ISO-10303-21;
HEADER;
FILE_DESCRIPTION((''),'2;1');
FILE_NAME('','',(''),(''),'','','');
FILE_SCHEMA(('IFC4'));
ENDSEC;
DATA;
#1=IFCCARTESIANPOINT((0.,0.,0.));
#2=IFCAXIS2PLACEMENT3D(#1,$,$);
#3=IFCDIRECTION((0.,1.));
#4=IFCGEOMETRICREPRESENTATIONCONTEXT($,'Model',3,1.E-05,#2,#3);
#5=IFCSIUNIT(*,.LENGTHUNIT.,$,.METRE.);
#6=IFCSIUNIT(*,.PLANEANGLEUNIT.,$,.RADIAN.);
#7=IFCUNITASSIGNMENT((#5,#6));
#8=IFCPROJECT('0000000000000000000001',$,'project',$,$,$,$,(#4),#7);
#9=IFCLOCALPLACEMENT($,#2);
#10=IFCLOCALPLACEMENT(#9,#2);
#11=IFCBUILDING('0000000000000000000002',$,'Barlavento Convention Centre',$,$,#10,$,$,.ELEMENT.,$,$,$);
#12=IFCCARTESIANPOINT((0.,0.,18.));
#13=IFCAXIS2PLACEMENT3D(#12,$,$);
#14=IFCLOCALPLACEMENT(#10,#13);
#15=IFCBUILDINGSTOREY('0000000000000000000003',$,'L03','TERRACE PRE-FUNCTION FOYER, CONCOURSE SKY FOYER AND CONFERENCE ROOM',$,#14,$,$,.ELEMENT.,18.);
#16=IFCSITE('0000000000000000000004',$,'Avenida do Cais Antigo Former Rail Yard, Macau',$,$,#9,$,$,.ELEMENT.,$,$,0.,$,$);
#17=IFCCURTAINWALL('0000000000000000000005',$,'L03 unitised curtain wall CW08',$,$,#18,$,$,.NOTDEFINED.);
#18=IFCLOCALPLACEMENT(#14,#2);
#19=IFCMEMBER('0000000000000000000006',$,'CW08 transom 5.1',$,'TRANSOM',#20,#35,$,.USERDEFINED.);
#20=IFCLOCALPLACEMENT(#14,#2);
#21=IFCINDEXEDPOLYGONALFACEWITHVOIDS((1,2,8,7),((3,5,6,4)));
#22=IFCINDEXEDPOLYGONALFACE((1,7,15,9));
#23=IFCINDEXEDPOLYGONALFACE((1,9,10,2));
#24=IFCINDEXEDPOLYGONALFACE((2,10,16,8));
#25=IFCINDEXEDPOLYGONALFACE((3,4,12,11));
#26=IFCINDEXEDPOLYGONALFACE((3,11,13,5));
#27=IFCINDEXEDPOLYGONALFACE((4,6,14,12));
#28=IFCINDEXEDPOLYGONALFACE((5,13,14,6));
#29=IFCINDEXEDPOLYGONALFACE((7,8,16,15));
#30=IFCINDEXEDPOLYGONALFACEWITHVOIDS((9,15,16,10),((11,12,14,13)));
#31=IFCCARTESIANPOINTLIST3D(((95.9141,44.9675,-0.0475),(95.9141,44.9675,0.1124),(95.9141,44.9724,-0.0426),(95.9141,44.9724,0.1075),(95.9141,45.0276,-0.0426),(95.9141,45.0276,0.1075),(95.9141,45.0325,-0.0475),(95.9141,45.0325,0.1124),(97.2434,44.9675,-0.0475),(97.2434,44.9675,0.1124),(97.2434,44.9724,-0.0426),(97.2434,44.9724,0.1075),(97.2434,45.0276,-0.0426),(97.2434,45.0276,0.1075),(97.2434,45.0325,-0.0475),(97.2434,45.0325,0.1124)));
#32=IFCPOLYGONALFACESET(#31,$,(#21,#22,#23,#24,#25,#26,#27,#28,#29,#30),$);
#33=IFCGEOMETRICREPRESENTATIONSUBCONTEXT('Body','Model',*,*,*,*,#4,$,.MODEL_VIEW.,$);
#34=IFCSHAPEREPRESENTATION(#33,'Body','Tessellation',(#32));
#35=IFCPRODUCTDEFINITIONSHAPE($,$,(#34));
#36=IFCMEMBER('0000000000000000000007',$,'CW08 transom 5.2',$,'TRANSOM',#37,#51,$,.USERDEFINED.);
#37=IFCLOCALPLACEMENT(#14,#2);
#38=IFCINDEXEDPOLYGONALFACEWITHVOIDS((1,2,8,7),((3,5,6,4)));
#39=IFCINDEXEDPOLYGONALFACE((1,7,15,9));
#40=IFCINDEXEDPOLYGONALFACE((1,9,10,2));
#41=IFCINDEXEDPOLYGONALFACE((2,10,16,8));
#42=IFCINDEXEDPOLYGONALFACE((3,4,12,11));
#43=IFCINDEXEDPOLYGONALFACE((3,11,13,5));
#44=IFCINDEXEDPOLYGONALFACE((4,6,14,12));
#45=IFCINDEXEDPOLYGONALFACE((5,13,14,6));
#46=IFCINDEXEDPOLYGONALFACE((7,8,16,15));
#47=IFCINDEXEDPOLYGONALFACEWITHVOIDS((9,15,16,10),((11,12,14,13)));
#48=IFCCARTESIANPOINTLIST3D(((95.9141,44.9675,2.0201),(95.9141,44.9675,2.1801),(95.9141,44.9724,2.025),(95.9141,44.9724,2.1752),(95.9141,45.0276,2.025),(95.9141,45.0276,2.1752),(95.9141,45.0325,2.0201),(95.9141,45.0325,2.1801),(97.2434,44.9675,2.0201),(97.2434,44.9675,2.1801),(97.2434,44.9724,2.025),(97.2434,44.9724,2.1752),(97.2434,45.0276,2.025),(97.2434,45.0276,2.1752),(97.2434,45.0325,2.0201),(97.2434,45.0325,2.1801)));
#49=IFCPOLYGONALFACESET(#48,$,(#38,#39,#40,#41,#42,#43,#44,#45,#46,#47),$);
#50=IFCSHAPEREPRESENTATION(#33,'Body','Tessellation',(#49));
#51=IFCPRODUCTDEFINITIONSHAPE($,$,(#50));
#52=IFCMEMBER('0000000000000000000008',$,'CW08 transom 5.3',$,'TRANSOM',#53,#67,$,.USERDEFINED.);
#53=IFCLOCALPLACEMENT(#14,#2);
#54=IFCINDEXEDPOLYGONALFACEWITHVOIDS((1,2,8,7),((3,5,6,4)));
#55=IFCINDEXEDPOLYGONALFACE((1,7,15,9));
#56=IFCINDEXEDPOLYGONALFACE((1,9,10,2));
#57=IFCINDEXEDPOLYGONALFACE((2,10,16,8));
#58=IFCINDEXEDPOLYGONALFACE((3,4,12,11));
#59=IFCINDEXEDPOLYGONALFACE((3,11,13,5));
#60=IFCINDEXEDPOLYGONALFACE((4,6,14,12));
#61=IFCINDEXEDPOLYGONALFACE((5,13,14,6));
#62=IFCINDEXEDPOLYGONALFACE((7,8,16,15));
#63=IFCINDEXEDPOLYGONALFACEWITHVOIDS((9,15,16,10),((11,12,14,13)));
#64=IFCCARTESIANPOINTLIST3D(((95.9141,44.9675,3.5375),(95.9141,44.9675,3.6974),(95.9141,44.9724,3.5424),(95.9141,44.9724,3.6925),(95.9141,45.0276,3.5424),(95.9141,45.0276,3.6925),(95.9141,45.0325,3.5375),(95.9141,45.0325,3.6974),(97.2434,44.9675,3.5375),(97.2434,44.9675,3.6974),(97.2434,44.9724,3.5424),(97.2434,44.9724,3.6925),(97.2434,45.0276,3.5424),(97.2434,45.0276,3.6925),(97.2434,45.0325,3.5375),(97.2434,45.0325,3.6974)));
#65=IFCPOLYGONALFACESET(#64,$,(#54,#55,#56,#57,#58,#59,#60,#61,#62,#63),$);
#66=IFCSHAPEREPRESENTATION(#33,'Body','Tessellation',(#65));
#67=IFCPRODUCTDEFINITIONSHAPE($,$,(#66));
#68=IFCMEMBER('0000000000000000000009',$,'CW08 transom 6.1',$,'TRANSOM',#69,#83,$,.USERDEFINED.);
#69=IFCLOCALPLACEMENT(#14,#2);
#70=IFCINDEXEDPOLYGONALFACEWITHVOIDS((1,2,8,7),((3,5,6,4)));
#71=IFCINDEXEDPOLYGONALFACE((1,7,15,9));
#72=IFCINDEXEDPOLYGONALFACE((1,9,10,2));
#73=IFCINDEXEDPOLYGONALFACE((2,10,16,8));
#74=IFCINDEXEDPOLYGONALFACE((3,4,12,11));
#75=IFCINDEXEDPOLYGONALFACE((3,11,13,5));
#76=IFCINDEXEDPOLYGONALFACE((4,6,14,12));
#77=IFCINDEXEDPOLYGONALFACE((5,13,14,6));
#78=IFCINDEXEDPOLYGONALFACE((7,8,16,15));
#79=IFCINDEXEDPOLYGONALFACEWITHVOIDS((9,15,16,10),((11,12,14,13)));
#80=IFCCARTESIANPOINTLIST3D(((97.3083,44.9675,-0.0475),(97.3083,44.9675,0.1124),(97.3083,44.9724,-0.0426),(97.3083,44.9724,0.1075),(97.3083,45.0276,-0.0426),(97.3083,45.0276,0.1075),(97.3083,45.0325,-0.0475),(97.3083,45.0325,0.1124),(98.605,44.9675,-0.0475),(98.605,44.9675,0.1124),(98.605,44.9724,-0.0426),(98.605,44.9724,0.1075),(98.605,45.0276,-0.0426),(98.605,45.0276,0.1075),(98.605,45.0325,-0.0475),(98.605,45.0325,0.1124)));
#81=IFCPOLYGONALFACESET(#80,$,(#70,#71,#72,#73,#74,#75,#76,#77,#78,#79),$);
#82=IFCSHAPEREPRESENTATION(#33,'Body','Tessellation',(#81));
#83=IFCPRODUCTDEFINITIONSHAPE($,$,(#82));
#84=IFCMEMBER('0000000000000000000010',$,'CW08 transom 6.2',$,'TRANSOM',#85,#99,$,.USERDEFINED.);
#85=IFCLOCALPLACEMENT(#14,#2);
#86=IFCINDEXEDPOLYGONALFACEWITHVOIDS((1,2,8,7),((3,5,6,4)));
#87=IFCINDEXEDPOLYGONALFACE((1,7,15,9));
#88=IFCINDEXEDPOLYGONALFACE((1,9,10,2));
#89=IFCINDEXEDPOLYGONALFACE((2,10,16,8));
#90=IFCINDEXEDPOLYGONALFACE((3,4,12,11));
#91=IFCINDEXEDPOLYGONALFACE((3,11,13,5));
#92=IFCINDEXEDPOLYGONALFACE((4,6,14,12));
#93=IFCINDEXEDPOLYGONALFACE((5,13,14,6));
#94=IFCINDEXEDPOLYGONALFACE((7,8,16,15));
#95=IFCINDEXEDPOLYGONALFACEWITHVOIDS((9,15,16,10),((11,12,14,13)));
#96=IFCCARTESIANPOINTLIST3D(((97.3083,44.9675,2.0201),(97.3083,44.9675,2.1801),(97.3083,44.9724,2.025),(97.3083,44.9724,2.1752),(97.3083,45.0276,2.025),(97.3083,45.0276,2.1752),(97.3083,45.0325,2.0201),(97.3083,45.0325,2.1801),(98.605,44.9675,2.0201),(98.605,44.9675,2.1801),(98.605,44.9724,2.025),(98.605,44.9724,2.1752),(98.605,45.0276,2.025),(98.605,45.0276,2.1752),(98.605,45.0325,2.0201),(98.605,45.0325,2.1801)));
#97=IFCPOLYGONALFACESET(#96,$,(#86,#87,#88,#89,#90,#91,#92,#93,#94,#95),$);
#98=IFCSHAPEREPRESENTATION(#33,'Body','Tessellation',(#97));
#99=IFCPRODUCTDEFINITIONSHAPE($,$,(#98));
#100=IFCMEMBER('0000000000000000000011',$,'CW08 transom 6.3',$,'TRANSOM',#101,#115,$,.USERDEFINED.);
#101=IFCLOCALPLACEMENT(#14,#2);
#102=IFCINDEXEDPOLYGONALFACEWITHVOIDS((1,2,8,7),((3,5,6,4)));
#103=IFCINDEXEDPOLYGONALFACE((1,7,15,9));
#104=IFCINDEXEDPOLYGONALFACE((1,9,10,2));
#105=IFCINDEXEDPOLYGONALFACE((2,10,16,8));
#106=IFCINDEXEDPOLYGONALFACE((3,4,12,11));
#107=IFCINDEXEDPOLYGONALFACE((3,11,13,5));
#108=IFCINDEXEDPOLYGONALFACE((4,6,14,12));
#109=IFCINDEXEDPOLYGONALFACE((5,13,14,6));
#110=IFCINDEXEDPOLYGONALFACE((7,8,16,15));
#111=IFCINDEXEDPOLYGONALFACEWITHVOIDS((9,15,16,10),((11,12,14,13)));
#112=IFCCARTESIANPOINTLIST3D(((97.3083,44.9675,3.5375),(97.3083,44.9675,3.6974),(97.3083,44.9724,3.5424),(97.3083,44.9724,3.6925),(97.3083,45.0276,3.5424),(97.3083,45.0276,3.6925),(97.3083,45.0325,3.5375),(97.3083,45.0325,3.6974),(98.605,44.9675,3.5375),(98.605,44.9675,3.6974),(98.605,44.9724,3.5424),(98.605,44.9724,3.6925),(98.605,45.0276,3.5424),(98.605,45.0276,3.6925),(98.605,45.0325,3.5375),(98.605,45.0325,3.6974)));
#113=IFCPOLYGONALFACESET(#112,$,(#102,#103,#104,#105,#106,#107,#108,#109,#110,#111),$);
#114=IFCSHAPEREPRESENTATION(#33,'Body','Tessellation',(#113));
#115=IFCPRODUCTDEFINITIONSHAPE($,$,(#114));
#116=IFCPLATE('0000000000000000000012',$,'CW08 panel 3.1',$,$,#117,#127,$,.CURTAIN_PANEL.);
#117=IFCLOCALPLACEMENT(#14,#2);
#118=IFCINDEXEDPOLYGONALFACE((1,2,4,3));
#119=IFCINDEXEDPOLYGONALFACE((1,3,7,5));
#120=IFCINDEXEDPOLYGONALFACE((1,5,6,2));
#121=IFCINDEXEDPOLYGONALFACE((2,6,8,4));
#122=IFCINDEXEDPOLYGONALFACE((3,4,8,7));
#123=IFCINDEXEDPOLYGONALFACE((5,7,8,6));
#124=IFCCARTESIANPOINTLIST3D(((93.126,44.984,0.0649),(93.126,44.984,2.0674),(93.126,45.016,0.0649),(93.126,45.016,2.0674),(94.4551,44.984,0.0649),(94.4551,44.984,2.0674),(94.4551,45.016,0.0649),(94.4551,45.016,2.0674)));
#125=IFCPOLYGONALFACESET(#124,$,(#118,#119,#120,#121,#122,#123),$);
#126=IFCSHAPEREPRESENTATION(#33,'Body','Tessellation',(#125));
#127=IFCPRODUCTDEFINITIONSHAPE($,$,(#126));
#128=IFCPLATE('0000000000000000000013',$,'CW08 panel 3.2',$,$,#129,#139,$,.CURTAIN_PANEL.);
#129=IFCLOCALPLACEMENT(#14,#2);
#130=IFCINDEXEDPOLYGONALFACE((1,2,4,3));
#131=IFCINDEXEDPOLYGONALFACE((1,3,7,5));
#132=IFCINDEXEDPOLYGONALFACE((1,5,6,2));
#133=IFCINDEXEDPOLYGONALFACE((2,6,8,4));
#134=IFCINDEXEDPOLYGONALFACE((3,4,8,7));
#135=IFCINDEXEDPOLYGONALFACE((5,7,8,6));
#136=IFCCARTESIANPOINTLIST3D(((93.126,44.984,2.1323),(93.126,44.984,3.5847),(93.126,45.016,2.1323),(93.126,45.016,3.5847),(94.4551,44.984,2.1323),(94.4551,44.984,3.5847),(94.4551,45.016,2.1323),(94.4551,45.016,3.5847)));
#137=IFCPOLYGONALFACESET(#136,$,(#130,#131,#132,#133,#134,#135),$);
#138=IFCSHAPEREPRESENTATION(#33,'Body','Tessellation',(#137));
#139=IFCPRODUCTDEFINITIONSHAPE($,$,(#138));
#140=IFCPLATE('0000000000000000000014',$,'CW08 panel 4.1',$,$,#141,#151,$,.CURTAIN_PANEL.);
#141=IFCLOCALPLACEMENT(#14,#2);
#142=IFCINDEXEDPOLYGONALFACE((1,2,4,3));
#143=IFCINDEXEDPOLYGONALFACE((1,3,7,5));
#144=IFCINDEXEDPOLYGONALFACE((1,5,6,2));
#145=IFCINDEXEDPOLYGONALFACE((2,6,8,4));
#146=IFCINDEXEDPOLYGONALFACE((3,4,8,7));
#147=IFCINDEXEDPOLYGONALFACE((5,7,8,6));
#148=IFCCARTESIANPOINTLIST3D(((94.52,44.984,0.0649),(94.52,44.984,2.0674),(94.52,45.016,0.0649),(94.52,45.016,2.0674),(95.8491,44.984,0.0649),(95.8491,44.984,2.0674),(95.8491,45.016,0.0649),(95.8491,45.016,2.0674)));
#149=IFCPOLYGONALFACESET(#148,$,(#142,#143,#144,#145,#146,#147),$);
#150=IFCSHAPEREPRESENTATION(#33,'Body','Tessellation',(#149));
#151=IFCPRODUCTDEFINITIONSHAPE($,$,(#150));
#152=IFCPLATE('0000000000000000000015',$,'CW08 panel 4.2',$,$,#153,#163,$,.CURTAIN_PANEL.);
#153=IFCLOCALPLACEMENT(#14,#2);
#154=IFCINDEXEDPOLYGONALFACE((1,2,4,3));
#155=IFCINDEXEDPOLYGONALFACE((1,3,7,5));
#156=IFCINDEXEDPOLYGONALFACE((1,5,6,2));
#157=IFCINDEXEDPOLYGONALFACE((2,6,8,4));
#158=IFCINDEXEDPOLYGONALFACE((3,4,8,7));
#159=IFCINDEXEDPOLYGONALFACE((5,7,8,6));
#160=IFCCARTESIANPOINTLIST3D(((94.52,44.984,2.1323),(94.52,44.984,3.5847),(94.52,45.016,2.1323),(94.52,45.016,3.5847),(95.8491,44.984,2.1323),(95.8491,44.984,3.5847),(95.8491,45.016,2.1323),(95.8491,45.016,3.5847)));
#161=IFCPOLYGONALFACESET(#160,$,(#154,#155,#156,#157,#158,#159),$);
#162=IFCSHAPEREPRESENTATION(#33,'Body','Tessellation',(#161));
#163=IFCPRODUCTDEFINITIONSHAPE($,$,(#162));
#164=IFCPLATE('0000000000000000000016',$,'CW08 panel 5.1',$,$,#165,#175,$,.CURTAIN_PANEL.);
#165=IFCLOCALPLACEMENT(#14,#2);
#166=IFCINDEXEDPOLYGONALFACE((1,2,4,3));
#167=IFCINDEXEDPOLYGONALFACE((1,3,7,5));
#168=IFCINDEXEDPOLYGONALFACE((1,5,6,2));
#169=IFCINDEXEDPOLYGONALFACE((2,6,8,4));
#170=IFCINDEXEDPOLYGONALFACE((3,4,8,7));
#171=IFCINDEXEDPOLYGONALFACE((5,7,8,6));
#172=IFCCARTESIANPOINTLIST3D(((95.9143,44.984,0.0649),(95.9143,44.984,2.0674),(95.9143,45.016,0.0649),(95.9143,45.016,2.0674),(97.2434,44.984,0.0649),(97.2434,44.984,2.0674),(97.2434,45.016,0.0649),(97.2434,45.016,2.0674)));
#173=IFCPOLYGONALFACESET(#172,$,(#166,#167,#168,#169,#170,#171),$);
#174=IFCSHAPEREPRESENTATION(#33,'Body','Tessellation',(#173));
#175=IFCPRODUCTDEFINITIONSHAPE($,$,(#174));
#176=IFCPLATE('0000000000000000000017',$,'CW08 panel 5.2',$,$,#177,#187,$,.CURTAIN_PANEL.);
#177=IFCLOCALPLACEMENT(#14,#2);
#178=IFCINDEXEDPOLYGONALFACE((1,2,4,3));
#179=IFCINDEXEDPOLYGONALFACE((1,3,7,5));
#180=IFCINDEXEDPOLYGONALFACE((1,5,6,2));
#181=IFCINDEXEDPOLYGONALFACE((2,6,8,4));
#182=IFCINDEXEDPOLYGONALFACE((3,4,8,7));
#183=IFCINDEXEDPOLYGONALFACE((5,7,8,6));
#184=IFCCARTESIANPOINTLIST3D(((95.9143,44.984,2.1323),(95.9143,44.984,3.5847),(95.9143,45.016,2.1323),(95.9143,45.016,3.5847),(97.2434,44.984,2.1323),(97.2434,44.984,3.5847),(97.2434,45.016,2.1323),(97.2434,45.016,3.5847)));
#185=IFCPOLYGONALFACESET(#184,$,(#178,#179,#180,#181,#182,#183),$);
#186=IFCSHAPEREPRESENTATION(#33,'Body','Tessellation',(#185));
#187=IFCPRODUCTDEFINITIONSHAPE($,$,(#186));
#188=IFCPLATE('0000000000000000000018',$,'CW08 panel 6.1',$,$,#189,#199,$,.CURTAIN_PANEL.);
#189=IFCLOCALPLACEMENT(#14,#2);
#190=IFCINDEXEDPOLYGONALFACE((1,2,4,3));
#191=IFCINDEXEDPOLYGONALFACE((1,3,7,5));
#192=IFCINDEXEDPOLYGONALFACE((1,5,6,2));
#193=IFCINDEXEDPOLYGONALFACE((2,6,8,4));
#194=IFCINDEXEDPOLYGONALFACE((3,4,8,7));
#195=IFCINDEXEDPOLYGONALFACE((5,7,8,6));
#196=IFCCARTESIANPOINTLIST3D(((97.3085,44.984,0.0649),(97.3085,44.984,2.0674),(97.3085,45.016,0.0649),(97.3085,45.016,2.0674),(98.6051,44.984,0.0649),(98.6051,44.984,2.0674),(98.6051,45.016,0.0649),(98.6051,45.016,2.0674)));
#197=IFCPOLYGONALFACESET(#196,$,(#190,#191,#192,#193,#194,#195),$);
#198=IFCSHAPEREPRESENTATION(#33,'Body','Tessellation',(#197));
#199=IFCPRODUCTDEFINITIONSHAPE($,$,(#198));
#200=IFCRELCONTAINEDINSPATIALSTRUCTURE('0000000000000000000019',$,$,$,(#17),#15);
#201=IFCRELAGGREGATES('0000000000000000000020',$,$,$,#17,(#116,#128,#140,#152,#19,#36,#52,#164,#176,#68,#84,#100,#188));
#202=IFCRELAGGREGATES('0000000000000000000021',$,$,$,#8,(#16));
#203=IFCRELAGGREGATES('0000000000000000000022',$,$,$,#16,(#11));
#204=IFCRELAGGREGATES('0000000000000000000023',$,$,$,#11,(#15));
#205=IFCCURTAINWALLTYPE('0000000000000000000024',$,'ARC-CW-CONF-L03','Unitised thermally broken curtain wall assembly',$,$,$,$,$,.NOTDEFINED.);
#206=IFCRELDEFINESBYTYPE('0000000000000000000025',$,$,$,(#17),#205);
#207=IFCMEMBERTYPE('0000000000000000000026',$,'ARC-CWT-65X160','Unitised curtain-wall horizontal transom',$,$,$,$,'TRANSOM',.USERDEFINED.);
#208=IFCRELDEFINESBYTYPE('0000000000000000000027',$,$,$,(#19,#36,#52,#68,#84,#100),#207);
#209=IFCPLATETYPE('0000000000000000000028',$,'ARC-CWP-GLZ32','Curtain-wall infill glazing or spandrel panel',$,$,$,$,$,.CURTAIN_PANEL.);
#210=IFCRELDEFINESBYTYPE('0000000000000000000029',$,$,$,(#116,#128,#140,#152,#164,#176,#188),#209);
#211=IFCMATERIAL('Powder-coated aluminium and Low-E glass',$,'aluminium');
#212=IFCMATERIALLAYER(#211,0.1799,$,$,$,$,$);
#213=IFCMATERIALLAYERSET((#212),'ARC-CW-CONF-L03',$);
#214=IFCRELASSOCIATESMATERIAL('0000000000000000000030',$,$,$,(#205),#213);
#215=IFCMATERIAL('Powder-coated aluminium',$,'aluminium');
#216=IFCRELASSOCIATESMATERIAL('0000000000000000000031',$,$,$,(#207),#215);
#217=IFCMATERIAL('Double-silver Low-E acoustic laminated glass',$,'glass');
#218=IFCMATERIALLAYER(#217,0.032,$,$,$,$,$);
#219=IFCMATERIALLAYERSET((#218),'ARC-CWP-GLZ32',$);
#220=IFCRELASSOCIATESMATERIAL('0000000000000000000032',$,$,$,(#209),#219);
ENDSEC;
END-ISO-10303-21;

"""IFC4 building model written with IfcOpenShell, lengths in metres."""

from ifc_helpers import new_model, si_unit, direction, frame, origin, origin_2d, place, context, subcontext, project, spatial, rectangle, hollow_rectangle, extrude, material, layer, layer_set, material_profile, profile_set, type_object, element, aggregate, save


model = new_model("IFC4")

# Units and contexts
model_context = context("Model", 3, precision=1e-05, world=origin(), true_north=direction((0.0, 1.0)))
body_context = subcontext(model_context, "Body", "Model", "MODEL_VIEW")
ifc_project = project(units=[si_unit("LENGTHUNIT", "METRE"), si_unit("PLANEANGLEUNIT", "RADIAN")], contexts=[model_context])

# Site, building, storey
site_placement = place(None, origin())
site = spatial("IfcSite", under=ifc_project, at=site_placement, Name="Avenida do Cais Antigo Former Rail Yard, Macau", CompositionType="ELEMENT", RefElevation=0.0)
building_placement = place(site_placement, origin())
building = spatial("IfcBuilding", under=site, at=building_placement, Name="Barlavento Convention Centre", CompositionType="ELEMENT")
storey_placement = place(building_placement, frame((0.0, 0.0, 18.0)))
storey = spatial("IfcBuildingStorey", under=building, at=storey_placement, Name="L03", Description="TERRACE PRE-FUNCTION FOYER, CONCOURSE SKY FOYER AND CONFERENCE ROOM", CompositionType="ELEMENT", Elevation=18.0)

# Curtain wall, members, plates
ifc_material_1 = material(Name="Powder-coated aluminium and Low-E glass", Category="aluminium")
ifc_layer_1 = layer(ifc_material_1, 0.1799)
ifc_layer_set_1 = layer_set([ifc_layer_1], Name="ARC-CW-CONF-L03")
curtain_wall_type = type_object("IfcCurtainWallType", Name="ARC-CW-CONF-L03", Description="Unitised thermally broken curtain wall assembly", PredefinedType="NOTDEFINED", material=ifc_layer_set_1)
curtain_wall_placement = place(storey_placement, origin())
curtain_wall = element("IfcCurtainWall", 1, at=curtain_wall_placement, inside=storey, type_object=curtain_wall_type, Name="L03 unitised curtain wall CW08", PredefinedType="NOTDEFINED")
ifc_material_2 = material(Name="Powder-coated aluminium", Category="aluminium")
ifc_material_profile_1 = material_profile(ifc_material_2, hollow_rectangle(XDim=0.0649, YDim=0.1599, WallThickness=0.0049, at=origin_2d()), Name="AL-TRAN 65x160x5")
ifc_profile_set_1 = profile_set([ifc_material_profile_1], Name="Powder-coated aluminium")
member_type_1 = type_object("IfcMemberType", Name="ARC-CWT-65X160", Description="Unitised curtain-wall horizontal transom", ElementType="TRANSOM", PredefinedType="USERDEFINED", material=ifc_profile_set_1)
member_1_placement = place(storey_placement, frame((95.9141, 45.0, 0.0325), z_axis=(1.0, 0.0, 0.0), x_axis=(0.0, 1.0, 0.0)))
member_1 = element("IfcMember", 2, at=member_1_placement, type_object=member_type_1, Name="CW08 transom 5.1", ObjectType="TRANSOM", PredefinedType="USERDEFINED", context=body_context, shape_type="SweptSolid", body=[
    extrude(hollow_rectangle(XDim=0.0649, YDim=0.1599, WallThickness=0.0049, at=origin_2d()), origin(), (0.0, 0.0, 1.0), 1.3293),
])
member_2_placement = place(storey_placement, frame((95.9141, 45.0, 2.1001), z_axis=(1.0, 0.0, 0.0), x_axis=(0.0, 1.0, 0.0)))
member_2 = element("IfcMember", 3, at=member_2_placement, type_object=member_type_1, Name="CW08 transom 5.2", ObjectType="TRANSOM", PredefinedType="USERDEFINED", context=body_context, shape_type="SweptSolid", body=[
    extrude(hollow_rectangle(XDim=0.0649, YDim=0.1599, WallThickness=0.0049, at=origin_2d()), origin(), (0.0, 0.0, 1.0), 1.3293),
])
member_3_placement = place(storey_placement, frame((95.9141, 45.0, 3.6174), z_axis=(1.0, 0.0, 0.0), x_axis=(0.0, 1.0, 0.0)))
member_3 = element("IfcMember", 4, at=member_3_placement, type_object=member_type_1, Name="CW08 transom 5.3", ObjectType="TRANSOM", PredefinedType="USERDEFINED", context=body_context, shape_type="SweptSolid", body=[
    extrude(hollow_rectangle(XDim=0.0649, YDim=0.1599, WallThickness=0.0049, at=origin_2d()), origin(), (0.0, 0.0, 1.0), 1.3293),
])
member_4_placement = place(storey_placement, frame((97.3083, 45.0, 0.0325), z_axis=(1.0, 0.0, 0.0), x_axis=(0.0, 1.0, 0.0)))
member_4 = element("IfcMember", 5, at=member_4_placement, type_object=member_type_1, Name="CW08 transom 6.1", ObjectType="TRANSOM", PredefinedType="USERDEFINED", context=body_context, shape_type="SweptSolid", body=[
    extrude(hollow_rectangle(XDim=0.0649, YDim=0.1599, WallThickness=0.0049, at=origin_2d()), origin(), (0.0, 0.0, 1.0), 1.2966),
])
member_5_placement = place(storey_placement, frame((97.3083, 45.0, 2.1001), z_axis=(1.0, 0.0, 0.0), x_axis=(0.0, 1.0, 0.0)))
member_5 = element("IfcMember", 6, at=member_5_placement, type_object=member_type_1, Name="CW08 transom 6.2", ObjectType="TRANSOM", PredefinedType="USERDEFINED", context=body_context, shape_type="SweptSolid", body=[
    extrude(hollow_rectangle(XDim=0.0649, YDim=0.1599, WallThickness=0.0049, at=origin_2d()), origin(), (0.0, 0.0, 1.0), 1.2966),
])
member_6_placement = place(storey_placement, frame((97.3083, 45.0, 3.6174), z_axis=(1.0, 0.0, 0.0), x_axis=(0.0, 1.0, 0.0)))
member_6 = element("IfcMember", 7, at=member_6_placement, type_object=member_type_1, Name="CW08 transom 6.3", ObjectType="TRANSOM", PredefinedType="USERDEFINED", context=body_context, shape_type="SweptSolid", body=[
    extrude(hollow_rectangle(XDim=0.0649, YDim=0.1599, WallThickness=0.0049, at=origin_2d()), origin(), (0.0, 0.0, 1.0), 1.2966),
])
ifc_material_3 = material(Name="Double-silver Low-E acoustic laminated glass", Category="glass")
ifc_layer_2 = layer(ifc_material_3, 0.032)
ifc_layer_set_2 = layer_set([ifc_layer_2], Name="ARC-CWP-GLZ32")
plate_type = type_object("IfcPlateType", Name="ARC-CWP-GLZ32", Description="Curtain-wall infill glazing or spandrel panel", PredefinedType="CURTAIN_PANEL", material=ifc_layer_set_2)
plate_1_placement = place(storey_placement, frame((93.7905, 45.0, 0.0649), z_axis=(0.0, 0.0, 1.0), x_axis=(1.0, 0.0, 0.0)))
plate_1 = element("IfcPlate", 8, at=plate_1_placement, type_object=plate_type, Name="CW08 panel 3.1", PredefinedType="CURTAIN_PANEL", context=body_context, shape_type="SweptSolid", body=[
    extrude(rectangle(XDim=1.3291, YDim=0.032, at=origin_2d()), origin(), (0.0, 0.0, 1.0), 2.0024),
])
plate_2_placement = place(storey_placement, frame((93.7905, 45.0, 2.1323), z_axis=(0.0, 0.0, 1.0), x_axis=(1.0, 0.0, 0.0)))
plate_2 = element("IfcPlate", 9, at=plate_2_placement, type_object=plate_type, Name="CW08 panel 3.2", PredefinedType="CURTAIN_PANEL", context=body_context, shape_type="SweptSolid", body=[
    extrude(rectangle(XDim=1.3291, YDim=0.032, at=origin_2d()), origin(), (0.0, 0.0, 1.0), 1.4524),
])
plate_3_placement = place(storey_placement, frame((95.1846, 45.0, 0.0649), z_axis=(0.0, 0.0, 1.0), x_axis=(1.0, 0.0, 0.0)))
plate_3 = element("IfcPlate", 10, at=plate_3_placement, type_object=plate_type, Name="CW08 panel 4.1", PredefinedType="CURTAIN_PANEL", context=body_context, shape_type="SweptSolid", body=[
    extrude(rectangle(XDim=1.3291, YDim=0.032, at=origin_2d()), origin(), (0.0, 0.0, 1.0), 2.0024),
])
plate_4_placement = place(storey_placement, frame((95.1846, 45.0, 2.1323), z_axis=(0.0, 0.0, 1.0), x_axis=(1.0, 0.0, 0.0)))
plate_4 = element("IfcPlate", 11, at=plate_4_placement, type_object=plate_type, Name="CW08 panel 4.2", PredefinedType="CURTAIN_PANEL", context=body_context, shape_type="SweptSolid", body=[
    extrude(rectangle(XDim=1.3291, YDim=0.032, at=origin_2d()), origin(), (0.0, 0.0, 1.0), 1.4524),
])
plate_5_placement = place(storey_placement, frame((96.5789, 45.0, 0.0649), z_axis=(0.0, 0.0, 1.0), x_axis=(1.0, 0.0, 0.0)))
plate_5 = element("IfcPlate", 12, at=plate_5_placement, type_object=plate_type, Name="CW08 panel 5.1", PredefinedType="CURTAIN_PANEL", context=body_context, shape_type="SweptSolid", body=[
    extrude(rectangle(XDim=1.3291, YDim=0.032, at=origin_2d()), origin(), (0.0, 0.0, 1.0), 2.0024),
])
plate_6_placement = place(storey_placement, frame((96.5789, 45.0, 2.1323), z_axis=(0.0, 0.0, 1.0), x_axis=(1.0, 0.0, 0.0)))
plate_6 = element("IfcPlate", 13, at=plate_6_placement, type_object=plate_type, Name="CW08 panel 5.2", PredefinedType="CURTAIN_PANEL", context=body_context, shape_type="SweptSolid", body=[
    extrude(rectangle(XDim=1.3291, YDim=0.032, at=origin_2d()), origin(), (0.0, 0.0, 1.0), 1.4524),
])
plate_7_placement = place(storey_placement, frame((97.9568, 45.0, 0.0649), z_axis=(0.0, 0.0, 1.0), x_axis=(1.0, 0.0, 0.0)))
plate_7 = element("IfcPlate", 14, at=plate_7_placement, type_object=plate_type, Name="CW08 panel 6.1", PredefinedType="CURTAIN_PANEL", context=body_context, shape_type="SweptSolid", body=[
    extrude(rectangle(XDim=1.2966, YDim=0.032, at=origin_2d()), origin(), (0.0, 0.0, 1.0), 2.0024),
])
aggregate(curtain_wall, [plate_1, plate_2, plate_3, plate_4, member_1, member_2, member_3, plate_5, plate_6, member_4, member_5, member_6, plate_7])

save(model, "model.ifc")
